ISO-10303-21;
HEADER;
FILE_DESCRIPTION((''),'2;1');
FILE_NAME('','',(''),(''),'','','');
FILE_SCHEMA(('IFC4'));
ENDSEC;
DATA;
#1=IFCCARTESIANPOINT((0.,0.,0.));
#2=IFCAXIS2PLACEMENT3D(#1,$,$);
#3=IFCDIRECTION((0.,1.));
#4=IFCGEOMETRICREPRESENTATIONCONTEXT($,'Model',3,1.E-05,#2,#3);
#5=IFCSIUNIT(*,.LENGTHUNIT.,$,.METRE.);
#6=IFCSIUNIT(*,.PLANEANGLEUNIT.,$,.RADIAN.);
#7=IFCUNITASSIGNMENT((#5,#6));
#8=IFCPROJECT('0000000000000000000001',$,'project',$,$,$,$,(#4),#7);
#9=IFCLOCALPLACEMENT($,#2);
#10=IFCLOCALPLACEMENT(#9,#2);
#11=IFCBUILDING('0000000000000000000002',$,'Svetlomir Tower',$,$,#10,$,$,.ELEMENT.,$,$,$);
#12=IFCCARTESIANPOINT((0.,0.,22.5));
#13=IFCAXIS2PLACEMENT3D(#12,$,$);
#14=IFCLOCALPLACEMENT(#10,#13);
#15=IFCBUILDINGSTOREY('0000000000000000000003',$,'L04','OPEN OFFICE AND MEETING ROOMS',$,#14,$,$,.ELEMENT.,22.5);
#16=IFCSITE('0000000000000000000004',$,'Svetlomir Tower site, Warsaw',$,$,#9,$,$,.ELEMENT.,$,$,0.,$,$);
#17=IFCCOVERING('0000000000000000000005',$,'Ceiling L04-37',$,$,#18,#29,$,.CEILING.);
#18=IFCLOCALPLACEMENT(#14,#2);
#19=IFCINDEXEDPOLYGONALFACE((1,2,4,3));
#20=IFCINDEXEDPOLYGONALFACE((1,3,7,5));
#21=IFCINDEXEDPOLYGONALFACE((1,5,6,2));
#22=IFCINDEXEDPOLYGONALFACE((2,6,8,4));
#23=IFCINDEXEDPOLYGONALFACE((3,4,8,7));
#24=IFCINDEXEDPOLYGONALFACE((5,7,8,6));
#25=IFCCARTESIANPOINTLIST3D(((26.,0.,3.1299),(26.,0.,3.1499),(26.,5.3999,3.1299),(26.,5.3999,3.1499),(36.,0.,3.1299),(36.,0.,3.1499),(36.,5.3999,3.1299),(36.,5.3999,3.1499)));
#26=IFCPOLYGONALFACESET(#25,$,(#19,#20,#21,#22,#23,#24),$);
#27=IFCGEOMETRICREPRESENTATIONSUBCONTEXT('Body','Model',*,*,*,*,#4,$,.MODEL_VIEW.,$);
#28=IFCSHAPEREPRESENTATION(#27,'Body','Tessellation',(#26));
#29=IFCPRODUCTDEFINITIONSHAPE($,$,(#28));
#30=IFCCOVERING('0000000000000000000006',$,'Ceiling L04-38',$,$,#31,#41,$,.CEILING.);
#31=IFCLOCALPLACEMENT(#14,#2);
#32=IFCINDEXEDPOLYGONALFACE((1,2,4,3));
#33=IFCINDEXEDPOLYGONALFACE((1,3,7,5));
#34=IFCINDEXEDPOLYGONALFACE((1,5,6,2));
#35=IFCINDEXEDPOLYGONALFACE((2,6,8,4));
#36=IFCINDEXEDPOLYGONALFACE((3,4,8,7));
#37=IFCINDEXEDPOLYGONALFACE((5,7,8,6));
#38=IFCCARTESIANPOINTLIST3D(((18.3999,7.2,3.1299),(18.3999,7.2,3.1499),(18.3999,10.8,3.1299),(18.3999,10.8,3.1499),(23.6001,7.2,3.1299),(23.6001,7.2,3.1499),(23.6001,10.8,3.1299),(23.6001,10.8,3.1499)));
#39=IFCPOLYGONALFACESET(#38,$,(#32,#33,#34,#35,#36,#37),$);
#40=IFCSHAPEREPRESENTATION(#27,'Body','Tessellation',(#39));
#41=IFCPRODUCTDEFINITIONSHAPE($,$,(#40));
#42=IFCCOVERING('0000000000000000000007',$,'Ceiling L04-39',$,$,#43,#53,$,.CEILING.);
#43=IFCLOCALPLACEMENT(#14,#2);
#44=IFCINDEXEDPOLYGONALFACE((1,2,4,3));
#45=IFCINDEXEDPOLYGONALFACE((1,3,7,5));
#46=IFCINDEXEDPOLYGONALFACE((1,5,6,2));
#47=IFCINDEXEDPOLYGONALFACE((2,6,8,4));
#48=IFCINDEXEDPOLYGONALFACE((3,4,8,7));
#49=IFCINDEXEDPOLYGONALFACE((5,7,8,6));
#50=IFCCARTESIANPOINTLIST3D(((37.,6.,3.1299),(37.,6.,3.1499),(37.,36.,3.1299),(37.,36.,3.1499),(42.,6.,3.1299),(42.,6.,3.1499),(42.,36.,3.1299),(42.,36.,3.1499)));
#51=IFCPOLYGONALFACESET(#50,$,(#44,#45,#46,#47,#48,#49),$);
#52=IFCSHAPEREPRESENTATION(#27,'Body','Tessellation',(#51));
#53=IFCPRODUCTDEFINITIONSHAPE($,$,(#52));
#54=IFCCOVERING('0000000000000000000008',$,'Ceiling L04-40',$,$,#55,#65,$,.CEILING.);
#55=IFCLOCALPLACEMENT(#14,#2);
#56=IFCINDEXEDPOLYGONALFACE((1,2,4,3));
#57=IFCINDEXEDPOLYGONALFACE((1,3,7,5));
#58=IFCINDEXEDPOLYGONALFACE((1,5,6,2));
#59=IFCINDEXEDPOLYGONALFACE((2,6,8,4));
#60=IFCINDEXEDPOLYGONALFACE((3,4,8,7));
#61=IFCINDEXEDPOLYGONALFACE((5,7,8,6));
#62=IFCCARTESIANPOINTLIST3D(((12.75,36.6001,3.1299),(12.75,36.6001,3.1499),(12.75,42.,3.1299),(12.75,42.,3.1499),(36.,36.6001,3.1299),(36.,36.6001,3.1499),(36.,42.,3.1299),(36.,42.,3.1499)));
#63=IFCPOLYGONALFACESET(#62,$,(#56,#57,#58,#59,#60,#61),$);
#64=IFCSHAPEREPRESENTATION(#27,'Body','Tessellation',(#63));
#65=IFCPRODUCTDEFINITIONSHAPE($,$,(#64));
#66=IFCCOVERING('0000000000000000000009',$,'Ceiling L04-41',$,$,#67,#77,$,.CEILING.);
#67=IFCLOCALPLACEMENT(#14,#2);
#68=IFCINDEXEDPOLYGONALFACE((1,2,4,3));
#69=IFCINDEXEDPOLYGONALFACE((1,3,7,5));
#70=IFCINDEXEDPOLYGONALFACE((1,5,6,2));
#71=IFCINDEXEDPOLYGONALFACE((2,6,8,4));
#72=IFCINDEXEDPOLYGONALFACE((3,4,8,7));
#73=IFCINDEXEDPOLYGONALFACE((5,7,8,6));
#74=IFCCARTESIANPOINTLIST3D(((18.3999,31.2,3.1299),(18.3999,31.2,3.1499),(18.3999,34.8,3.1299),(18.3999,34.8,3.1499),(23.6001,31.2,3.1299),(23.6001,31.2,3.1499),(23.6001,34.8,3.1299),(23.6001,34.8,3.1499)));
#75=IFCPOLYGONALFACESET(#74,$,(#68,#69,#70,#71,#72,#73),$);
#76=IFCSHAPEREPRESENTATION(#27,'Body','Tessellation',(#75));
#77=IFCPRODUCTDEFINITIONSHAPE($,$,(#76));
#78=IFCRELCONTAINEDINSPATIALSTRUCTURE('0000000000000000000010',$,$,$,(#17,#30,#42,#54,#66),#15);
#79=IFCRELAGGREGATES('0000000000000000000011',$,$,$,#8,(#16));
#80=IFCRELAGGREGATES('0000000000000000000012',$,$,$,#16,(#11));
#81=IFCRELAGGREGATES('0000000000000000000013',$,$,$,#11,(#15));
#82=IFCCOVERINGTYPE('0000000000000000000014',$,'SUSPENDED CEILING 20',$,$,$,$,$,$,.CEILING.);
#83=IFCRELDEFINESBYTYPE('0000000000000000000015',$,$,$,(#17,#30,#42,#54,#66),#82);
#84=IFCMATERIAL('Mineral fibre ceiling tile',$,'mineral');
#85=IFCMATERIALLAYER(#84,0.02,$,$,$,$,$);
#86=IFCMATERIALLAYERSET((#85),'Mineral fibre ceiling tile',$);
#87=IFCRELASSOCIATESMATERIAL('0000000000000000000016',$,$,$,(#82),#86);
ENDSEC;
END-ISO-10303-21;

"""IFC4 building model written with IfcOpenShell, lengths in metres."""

from ifc_helpers import new_model, si_unit, direction, frame, origin, place, context, subcontext, project, spatial, polyline, outline, extrude, material, layer, layer_set, type_object, element, save


model = new_model("IFC4")

# Units and contexts
model_context = context("Model", 3, precision=1e-05, world=origin(), true_north=direction((0.0, 1.0)))
body_context = subcontext(model_context, "Body", "Model", "MODEL_VIEW")
ifc_project = project(units=[si_unit("LENGTHUNIT", "METRE"), si_unit("PLANEANGLEUNIT", "RADIAN")], contexts=[model_context])

# Site, building, storey
site_placement = place(None, origin())
site = spatial("IfcSite", under=ifc_project, at=site_placement, Name="Svetlomir Tower site, Warsaw", CompositionType="ELEMENT", RefElevation=0.0)
building_placement = place(site_placement, origin())
building = spatial("IfcBuilding", under=site, at=building_placement, Name="Svetlomir Tower", CompositionType="ELEMENT")
storey_placement = place(building_placement, frame((0.0, 0.0, 22.5)))
storey = spatial("IfcBuildingStorey", under=building, at=storey_placement, Name="L04", Description="OPEN OFFICE AND MEETING ROOMS", CompositionType="ELEMENT", Elevation=22.5)

# Coverings
ifc_material_1 = material(Name="Mineral fibre ceiling tile", Category="mineral")
ifc_layer_1 = layer(ifc_material_1, 0.02)
ifc_layer_set_1 = layer_set([ifc_layer_1], Name="Mineral fibre ceiling tile")
covering_type_1 = type_object("IfcCoveringType", Name="SUSPENDED CEILING 20", PredefinedType="CEILING", material=ifc_layer_set_1)
covering_1_placement = place(storey_placement, frame((0.0, 0.0, 3.1299)))
element("IfcCovering", 1, at=covering_1_placement, inside=storey, type_object=covering_type_1, Name="Ceiling L04-37", PredefinedType="CEILING", context=body_context, shape_type="SweptSolid", body=[
    extrude(outline(polyline([(26.0, 0.0), (26.0, 5.3999), (36.0, 5.3999), (36.0, 0.0), (26.0, 0.0)])), origin(), (0.0, 0.0, 1.0), 0.02),
])
covering_2_placement = place(storey_placement, frame((0.0, 0.0, 3.1299)))
element("IfcCovering", 2, at=covering_2_placement, inside=storey, type_object=covering_type_1, Name="Ceiling L04-38", PredefinedType="CEILING", context=body_context, shape_type="SweptSolid", body=[
    extrude(outline(polyline([(23.6001, 10.8), (23.6001, 7.2), (18.3999, 7.2), (18.3999, 10.8), (23.6001, 10.8)])), origin(), (0.0, 0.0, 1.0), 0.02),
])
covering_3_placement = place(storey_placement, frame((0.0, 0.0, 3.1299)))
element("IfcCovering", 3, at=covering_3_placement, inside=storey, type_object=covering_type_1, Name="Ceiling L04-39", PredefinedType="CEILING", context=body_context, shape_type="SweptSolid", body=[
    extrude(outline(polyline([(42.0, 6.0), (37.0, 6.0), (37.0, 36.0), (42.0, 36.0), (42.0, 6.0)])), origin(), (0.0, 0.0, 1.0), 0.02),
])
covering_4_placement = place(storey_placement, frame((0.0, 0.0, 3.1299)))
element("IfcCovering", 4, at=covering_4_placement, inside=storey, type_object=covering_type_1, Name="Ceiling L04-40", PredefinedType="CEILING", context=body_context, shape_type="SweptSolid", body=[
    extrude(outline(polyline([(36.0, 42.0), (36.0, 36.6001), (12.75, 36.6001), (12.75, 42.0), (36.0, 42.0)])), origin(), (0.0, 0.0, 1.0), 0.02),
])
covering_5_placement = place(storey_placement, frame((0.0, 0.0, 3.1299)))
element("IfcCovering", 5, at=covering_5_placement, inside=storey, type_object=covering_type_1, Name="Ceiling L04-41", PredefinedType="CEILING", context=body_context, shape_type="SweptSolid", body=[
    extrude(outline(polyline([(18.3999, 31.2), (18.3999, 34.8), (23.6001, 34.8), (23.6001, 31.2), (18.3999, 31.2)])), origin(), (0.0, 0.0, 1.0), 0.02),
])

save(model, "model.ifc")
